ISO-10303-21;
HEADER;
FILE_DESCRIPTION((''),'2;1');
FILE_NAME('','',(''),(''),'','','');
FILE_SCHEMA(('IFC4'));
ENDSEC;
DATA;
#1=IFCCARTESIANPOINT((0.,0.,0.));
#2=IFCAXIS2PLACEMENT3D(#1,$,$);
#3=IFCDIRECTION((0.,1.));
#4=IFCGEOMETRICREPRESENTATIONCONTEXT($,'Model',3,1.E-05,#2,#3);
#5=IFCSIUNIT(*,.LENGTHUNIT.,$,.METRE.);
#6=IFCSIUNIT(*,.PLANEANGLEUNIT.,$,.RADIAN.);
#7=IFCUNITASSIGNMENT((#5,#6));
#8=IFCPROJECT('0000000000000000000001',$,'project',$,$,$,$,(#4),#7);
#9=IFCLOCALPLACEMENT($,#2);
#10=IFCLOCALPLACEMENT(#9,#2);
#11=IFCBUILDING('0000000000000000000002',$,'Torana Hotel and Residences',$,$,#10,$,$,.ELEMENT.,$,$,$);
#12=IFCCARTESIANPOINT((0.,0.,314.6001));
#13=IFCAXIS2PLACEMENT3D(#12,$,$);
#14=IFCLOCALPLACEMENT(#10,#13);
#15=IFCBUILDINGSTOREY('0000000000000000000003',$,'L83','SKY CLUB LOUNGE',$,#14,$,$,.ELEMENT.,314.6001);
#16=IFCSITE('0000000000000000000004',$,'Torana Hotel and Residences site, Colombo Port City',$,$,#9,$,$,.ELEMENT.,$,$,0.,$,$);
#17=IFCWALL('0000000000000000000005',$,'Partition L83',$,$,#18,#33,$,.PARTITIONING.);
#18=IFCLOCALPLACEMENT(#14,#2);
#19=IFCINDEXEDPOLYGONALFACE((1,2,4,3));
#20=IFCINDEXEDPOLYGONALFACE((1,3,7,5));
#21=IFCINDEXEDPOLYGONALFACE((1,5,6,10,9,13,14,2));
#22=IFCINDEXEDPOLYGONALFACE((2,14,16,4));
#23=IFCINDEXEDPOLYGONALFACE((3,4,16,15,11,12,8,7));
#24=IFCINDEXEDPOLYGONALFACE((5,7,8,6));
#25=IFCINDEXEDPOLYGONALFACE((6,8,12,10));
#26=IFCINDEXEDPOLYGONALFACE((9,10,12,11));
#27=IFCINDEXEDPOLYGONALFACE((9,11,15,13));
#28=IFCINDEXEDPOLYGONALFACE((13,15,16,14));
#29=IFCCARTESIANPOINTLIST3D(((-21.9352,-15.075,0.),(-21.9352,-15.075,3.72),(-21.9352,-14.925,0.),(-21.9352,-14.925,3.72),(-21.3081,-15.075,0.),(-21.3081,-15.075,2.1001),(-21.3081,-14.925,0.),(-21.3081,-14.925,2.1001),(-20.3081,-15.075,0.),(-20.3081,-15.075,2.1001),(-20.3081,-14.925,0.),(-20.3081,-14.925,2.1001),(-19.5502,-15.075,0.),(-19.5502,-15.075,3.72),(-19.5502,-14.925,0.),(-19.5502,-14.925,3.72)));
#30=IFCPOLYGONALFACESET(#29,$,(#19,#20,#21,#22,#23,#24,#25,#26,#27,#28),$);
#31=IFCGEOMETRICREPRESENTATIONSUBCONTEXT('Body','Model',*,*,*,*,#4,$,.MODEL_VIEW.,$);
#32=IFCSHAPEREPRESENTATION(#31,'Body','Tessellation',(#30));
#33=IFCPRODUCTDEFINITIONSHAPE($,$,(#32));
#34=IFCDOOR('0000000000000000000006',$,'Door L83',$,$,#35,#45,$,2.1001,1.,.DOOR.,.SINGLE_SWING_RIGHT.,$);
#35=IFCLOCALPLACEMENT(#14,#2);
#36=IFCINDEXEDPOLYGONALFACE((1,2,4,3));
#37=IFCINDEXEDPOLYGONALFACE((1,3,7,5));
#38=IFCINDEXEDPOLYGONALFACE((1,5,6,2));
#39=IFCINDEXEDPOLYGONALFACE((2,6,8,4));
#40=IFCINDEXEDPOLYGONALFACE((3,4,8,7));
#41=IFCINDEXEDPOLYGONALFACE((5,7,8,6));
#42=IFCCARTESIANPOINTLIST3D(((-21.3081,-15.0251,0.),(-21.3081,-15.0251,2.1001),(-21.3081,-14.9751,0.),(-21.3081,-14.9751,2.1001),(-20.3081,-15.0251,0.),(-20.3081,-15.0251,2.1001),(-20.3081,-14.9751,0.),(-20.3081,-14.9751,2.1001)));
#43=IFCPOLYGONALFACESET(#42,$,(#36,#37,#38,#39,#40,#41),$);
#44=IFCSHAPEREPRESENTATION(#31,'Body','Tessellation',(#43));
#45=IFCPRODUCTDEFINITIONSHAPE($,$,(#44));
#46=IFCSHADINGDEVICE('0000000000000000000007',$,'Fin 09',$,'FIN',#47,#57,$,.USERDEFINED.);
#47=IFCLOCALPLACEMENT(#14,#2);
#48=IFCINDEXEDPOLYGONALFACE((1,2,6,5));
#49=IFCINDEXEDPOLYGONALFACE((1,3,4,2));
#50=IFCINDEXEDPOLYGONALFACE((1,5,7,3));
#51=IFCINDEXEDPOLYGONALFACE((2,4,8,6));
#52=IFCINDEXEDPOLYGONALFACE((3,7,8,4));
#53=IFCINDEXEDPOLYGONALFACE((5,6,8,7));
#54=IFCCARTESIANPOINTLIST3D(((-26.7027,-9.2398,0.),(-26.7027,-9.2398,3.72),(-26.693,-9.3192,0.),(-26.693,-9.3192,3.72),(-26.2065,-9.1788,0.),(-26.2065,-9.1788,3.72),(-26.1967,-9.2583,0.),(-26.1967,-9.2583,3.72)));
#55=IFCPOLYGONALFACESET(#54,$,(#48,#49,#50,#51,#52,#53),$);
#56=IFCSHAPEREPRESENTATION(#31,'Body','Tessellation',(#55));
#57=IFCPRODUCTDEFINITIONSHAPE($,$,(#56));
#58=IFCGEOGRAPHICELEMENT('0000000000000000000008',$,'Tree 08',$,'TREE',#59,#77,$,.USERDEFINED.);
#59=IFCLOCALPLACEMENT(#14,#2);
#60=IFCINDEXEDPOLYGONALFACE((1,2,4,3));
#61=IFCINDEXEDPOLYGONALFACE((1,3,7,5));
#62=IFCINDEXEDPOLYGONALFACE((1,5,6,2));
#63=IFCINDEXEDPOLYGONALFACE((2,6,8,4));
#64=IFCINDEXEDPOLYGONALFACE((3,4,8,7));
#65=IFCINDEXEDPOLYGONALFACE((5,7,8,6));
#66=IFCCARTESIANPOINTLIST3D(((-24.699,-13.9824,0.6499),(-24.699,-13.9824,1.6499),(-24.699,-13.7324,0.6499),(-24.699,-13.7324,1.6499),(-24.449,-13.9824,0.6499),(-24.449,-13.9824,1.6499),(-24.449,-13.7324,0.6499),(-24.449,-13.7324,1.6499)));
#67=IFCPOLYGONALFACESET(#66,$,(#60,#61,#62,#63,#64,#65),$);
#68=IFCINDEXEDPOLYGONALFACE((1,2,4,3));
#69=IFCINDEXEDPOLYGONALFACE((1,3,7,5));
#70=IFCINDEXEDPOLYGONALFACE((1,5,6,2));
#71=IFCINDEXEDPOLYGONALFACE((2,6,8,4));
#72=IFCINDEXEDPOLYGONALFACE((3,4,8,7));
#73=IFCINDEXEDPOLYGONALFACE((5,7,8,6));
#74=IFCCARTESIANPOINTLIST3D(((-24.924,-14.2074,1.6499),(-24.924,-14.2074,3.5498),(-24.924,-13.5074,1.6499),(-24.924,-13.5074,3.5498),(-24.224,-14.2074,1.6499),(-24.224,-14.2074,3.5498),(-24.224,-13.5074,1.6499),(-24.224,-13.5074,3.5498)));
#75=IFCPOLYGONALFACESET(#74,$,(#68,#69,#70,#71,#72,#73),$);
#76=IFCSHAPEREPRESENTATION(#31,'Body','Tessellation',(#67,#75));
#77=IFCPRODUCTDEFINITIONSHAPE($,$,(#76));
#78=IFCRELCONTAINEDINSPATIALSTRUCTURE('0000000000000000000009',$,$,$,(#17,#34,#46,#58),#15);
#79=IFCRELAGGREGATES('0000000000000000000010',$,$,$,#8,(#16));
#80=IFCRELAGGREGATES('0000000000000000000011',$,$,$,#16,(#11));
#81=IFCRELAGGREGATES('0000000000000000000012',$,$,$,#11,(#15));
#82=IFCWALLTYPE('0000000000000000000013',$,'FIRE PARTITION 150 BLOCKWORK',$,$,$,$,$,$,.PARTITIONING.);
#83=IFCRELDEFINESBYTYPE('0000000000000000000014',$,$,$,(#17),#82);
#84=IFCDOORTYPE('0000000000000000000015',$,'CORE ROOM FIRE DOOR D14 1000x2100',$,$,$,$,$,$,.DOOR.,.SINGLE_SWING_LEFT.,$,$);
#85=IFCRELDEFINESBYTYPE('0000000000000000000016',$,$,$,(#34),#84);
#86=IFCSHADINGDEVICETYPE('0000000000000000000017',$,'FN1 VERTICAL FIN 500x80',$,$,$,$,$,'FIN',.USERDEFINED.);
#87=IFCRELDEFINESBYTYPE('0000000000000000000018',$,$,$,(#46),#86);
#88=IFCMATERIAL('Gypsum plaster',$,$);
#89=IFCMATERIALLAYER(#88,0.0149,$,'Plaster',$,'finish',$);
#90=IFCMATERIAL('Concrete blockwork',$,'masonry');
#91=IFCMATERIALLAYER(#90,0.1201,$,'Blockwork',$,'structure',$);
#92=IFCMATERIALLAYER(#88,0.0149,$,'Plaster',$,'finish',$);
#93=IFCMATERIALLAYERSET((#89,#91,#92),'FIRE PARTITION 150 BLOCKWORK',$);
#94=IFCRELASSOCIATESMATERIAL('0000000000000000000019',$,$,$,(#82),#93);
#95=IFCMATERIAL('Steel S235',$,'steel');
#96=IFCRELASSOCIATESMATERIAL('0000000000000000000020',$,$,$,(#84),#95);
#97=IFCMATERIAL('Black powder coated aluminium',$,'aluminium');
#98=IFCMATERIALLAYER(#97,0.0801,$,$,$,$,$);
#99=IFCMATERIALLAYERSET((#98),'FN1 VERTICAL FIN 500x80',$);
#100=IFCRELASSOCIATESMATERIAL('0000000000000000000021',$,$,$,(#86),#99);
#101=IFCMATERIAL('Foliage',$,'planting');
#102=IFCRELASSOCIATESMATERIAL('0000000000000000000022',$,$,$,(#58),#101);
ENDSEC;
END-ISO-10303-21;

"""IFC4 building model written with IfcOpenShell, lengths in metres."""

from ifc_helpers import new_model, si_unit, direction, frame, frame_2d, origin, origin_2d, place, context, subcontext, project, spatial, rectangle, extrude, material, layer, layer_set, type_object, element, fill, save


model = new_model("IFC4")

# Units and contexts
model_context = context("Model", 3, precision=1e-05, world=origin(), true_north=direction((0.0, 1.0)))
body_context = subcontext(model_context, "Body", "Model", "MODEL_VIEW")
ifc_project = project(units=[si_unit("LENGTHUNIT", "METRE"), si_unit("PLANEANGLEUNIT", "RADIAN")], contexts=[model_context])

# Site, building, storey
site_placement = place(None, origin())
site = spatial("IfcSite", under=ifc_project, at=site_placement, Name="Torana Hotel and Residences site, Colombo Port City", CompositionType="ELEMENT", RefElevation=0.0)
building_placement = place(site_placement, origin())
building = spatial("IfcBuilding", under=site, at=building_placement, Name="Torana Hotel and Residences", CompositionType="ELEMENT")
storey_placement = place(building_placement, frame((0.0, 0.0, 314.6001)))
storey = spatial("IfcBuildingStorey", under=building, at=storey_placement, Name="L83", Description="SKY CLUB LOUNGE", CompositionType="ELEMENT", Elevation=314.6001)

# Wall, opening, door
ifc_material_1 = material(Name="Gypsum plaster")
ifc_layer_1 = layer(ifc_material_1, 0.0149, Name="Plaster", Category="finish")
ifc_material_2 = material(Name="Concrete blockwork", Category="masonry")
ifc_layer_2 = layer(ifc_material_2, 0.1201, Name="Blockwork", Category="structure")
ifc_layer_3 = layer(ifc_material_1, 0.0149, Name="Plaster", Category="finish")
ifc_layer_set_1 = layer_set([ifc_layer_1, ifc_layer_2, ifc_layer_3], Name="FIRE PARTITION 150 BLOCKWORK")
wall_type_1 = type_object("IfcWallType", Name="FIRE PARTITION 150 BLOCKWORK", PredefinedType="PARTITIONING", material=ifc_layer_set_1)
wall_1_placement = place(storey_placement, frame((-21.9351, -15.0, 0.0), z_axis=(0.0, 0.0, 1.0), x_axis=(1.0, 0.0, 0.0)))
wall_1 = element("IfcWall", 1, at=wall_1_placement, inside=storey, type_object=wall_type_1, Name="Partition L83", PredefinedType="PARTITIONING", context=body_context, shape_type="SweptSolid", body=[
    extrude(rectangle(XDim=2.385, YDim=0.1499, at=frame_2d((1.1924, 0.0))), origin(), (0.0, 0.0, 1.0), 3.72),
])
opening_1_placement = place(wall_1_placement, frame((0.627, 0.0, 0.0)))
opening_1 = element("IfcOpeningElement", 2, at=opening_1_placement, cuts=wall_1, PredefinedType="OPENING", context=body_context, shape_type="SweptSolid", body=[
    extrude(rectangle(XDim=1.0, YDim=2.1001, at=frame_2d((0.5, 1.05))), frame((0.0, 0.085, 0.0), z_axis=(0.0, -1.0, 0.0), x_axis=(1.0, 0.0, 0.0)), (0.0, 0.0, 1.0), 0.1699),
])
ifc_material_3 = material(Name="Steel S235", Category="steel")
door_type_1 = type_object("IfcDoorType", Name="CORE ROOM FIRE DOOR D14 1000x2100", OperationType="SINGLE_SWING_LEFT", PredefinedType="DOOR", material=ifc_material_3)
door_1_placement = place(opening_1_placement, origin())
door_1 = element("IfcDoor", 3, at=door_1_placement, inside=storey, type_object=door_type_1, Name="Door L83", OperationType="SINGLE_SWING_RIGHT", OverallHeight=2.1001, OverallWidth=1.0, PredefinedType="DOOR", context=body_context, shape_type="SweptSolid", body=[
    extrude(rectangle(XDim=1.0, YDim=2.1001, at=frame_2d((0.5, 1.05))), frame((0.0, 0.0249, 0.0), z_axis=(0.0, -1.0, 0.0), x_axis=(1.0, 0.0, 0.0)), (0.0, 0.0, 1.0), 0.05),
])
fill(opening_1, door_1)

# Shading device
ifc_material_4 = material(Name="Black powder coated aluminium", Category="aluminium")
ifc_layer_4 = layer(ifc_material_4, 0.0801)
ifc_layer_set_2 = layer_set([ifc_layer_4], Name="FN1 VERTICAL FIN 500x80")
shading_device_type = type_object("IfcShadingDeviceType", Name="FN1 VERTICAL FIN 500x80", ElementType="FIN", PredefinedType="USERDEFINED", material=ifc_layer_set_2)
shading_device_placement = place(storey_placement, frame((-26.4497, -9.249, 0.0), z_axis=(0.0, 0.0, 1.0), x_axis=(-0.121871, 0.992546, 0.0)))
element("IfcShadingDevice", 4, at=shading_device_placement, inside=storey, type_object=shading_device_type, Name="Fin 09", ObjectType="FIN", PredefinedType="USERDEFINED", context=body_context, shape_type="SweptSolid", body=[
    extrude(rectangle(XDim=0.0801, YDim=0.5, at=origin_2d()), origin(), (0.0, 0.0, 1.0), 3.72),
])

# Geographic element
ifc_material_5 = material(Name="Foliage", Category="planting")
geographic_element_placement = place(storey_placement, frame((-24.574, -13.8574, 0.6499), z_axis=(0.0, 0.0, 1.0), x_axis=(1.0, 0.0, 0.0)))
element("IfcGeographicElement", 5, at=geographic_element_placement, inside=storey, material=ifc_material_5, Name="Tree 08", ObjectType="TREE", PredefinedType="USERDEFINED", context=body_context, shape_type="SweptSolid", body=[
    extrude(rectangle(XDim=0.25, YDim=0.25, at=origin_2d()), origin(), (0.0, 0.0, 1.0), 1.0),
    extrude(rectangle(XDim=0.7, YDim=0.7, at=origin_2d()), frame((0.0, 0.0, 1.0)), (0.0, 0.0, 1.0), 1.8999),
])

save(model, "model.ifc")
